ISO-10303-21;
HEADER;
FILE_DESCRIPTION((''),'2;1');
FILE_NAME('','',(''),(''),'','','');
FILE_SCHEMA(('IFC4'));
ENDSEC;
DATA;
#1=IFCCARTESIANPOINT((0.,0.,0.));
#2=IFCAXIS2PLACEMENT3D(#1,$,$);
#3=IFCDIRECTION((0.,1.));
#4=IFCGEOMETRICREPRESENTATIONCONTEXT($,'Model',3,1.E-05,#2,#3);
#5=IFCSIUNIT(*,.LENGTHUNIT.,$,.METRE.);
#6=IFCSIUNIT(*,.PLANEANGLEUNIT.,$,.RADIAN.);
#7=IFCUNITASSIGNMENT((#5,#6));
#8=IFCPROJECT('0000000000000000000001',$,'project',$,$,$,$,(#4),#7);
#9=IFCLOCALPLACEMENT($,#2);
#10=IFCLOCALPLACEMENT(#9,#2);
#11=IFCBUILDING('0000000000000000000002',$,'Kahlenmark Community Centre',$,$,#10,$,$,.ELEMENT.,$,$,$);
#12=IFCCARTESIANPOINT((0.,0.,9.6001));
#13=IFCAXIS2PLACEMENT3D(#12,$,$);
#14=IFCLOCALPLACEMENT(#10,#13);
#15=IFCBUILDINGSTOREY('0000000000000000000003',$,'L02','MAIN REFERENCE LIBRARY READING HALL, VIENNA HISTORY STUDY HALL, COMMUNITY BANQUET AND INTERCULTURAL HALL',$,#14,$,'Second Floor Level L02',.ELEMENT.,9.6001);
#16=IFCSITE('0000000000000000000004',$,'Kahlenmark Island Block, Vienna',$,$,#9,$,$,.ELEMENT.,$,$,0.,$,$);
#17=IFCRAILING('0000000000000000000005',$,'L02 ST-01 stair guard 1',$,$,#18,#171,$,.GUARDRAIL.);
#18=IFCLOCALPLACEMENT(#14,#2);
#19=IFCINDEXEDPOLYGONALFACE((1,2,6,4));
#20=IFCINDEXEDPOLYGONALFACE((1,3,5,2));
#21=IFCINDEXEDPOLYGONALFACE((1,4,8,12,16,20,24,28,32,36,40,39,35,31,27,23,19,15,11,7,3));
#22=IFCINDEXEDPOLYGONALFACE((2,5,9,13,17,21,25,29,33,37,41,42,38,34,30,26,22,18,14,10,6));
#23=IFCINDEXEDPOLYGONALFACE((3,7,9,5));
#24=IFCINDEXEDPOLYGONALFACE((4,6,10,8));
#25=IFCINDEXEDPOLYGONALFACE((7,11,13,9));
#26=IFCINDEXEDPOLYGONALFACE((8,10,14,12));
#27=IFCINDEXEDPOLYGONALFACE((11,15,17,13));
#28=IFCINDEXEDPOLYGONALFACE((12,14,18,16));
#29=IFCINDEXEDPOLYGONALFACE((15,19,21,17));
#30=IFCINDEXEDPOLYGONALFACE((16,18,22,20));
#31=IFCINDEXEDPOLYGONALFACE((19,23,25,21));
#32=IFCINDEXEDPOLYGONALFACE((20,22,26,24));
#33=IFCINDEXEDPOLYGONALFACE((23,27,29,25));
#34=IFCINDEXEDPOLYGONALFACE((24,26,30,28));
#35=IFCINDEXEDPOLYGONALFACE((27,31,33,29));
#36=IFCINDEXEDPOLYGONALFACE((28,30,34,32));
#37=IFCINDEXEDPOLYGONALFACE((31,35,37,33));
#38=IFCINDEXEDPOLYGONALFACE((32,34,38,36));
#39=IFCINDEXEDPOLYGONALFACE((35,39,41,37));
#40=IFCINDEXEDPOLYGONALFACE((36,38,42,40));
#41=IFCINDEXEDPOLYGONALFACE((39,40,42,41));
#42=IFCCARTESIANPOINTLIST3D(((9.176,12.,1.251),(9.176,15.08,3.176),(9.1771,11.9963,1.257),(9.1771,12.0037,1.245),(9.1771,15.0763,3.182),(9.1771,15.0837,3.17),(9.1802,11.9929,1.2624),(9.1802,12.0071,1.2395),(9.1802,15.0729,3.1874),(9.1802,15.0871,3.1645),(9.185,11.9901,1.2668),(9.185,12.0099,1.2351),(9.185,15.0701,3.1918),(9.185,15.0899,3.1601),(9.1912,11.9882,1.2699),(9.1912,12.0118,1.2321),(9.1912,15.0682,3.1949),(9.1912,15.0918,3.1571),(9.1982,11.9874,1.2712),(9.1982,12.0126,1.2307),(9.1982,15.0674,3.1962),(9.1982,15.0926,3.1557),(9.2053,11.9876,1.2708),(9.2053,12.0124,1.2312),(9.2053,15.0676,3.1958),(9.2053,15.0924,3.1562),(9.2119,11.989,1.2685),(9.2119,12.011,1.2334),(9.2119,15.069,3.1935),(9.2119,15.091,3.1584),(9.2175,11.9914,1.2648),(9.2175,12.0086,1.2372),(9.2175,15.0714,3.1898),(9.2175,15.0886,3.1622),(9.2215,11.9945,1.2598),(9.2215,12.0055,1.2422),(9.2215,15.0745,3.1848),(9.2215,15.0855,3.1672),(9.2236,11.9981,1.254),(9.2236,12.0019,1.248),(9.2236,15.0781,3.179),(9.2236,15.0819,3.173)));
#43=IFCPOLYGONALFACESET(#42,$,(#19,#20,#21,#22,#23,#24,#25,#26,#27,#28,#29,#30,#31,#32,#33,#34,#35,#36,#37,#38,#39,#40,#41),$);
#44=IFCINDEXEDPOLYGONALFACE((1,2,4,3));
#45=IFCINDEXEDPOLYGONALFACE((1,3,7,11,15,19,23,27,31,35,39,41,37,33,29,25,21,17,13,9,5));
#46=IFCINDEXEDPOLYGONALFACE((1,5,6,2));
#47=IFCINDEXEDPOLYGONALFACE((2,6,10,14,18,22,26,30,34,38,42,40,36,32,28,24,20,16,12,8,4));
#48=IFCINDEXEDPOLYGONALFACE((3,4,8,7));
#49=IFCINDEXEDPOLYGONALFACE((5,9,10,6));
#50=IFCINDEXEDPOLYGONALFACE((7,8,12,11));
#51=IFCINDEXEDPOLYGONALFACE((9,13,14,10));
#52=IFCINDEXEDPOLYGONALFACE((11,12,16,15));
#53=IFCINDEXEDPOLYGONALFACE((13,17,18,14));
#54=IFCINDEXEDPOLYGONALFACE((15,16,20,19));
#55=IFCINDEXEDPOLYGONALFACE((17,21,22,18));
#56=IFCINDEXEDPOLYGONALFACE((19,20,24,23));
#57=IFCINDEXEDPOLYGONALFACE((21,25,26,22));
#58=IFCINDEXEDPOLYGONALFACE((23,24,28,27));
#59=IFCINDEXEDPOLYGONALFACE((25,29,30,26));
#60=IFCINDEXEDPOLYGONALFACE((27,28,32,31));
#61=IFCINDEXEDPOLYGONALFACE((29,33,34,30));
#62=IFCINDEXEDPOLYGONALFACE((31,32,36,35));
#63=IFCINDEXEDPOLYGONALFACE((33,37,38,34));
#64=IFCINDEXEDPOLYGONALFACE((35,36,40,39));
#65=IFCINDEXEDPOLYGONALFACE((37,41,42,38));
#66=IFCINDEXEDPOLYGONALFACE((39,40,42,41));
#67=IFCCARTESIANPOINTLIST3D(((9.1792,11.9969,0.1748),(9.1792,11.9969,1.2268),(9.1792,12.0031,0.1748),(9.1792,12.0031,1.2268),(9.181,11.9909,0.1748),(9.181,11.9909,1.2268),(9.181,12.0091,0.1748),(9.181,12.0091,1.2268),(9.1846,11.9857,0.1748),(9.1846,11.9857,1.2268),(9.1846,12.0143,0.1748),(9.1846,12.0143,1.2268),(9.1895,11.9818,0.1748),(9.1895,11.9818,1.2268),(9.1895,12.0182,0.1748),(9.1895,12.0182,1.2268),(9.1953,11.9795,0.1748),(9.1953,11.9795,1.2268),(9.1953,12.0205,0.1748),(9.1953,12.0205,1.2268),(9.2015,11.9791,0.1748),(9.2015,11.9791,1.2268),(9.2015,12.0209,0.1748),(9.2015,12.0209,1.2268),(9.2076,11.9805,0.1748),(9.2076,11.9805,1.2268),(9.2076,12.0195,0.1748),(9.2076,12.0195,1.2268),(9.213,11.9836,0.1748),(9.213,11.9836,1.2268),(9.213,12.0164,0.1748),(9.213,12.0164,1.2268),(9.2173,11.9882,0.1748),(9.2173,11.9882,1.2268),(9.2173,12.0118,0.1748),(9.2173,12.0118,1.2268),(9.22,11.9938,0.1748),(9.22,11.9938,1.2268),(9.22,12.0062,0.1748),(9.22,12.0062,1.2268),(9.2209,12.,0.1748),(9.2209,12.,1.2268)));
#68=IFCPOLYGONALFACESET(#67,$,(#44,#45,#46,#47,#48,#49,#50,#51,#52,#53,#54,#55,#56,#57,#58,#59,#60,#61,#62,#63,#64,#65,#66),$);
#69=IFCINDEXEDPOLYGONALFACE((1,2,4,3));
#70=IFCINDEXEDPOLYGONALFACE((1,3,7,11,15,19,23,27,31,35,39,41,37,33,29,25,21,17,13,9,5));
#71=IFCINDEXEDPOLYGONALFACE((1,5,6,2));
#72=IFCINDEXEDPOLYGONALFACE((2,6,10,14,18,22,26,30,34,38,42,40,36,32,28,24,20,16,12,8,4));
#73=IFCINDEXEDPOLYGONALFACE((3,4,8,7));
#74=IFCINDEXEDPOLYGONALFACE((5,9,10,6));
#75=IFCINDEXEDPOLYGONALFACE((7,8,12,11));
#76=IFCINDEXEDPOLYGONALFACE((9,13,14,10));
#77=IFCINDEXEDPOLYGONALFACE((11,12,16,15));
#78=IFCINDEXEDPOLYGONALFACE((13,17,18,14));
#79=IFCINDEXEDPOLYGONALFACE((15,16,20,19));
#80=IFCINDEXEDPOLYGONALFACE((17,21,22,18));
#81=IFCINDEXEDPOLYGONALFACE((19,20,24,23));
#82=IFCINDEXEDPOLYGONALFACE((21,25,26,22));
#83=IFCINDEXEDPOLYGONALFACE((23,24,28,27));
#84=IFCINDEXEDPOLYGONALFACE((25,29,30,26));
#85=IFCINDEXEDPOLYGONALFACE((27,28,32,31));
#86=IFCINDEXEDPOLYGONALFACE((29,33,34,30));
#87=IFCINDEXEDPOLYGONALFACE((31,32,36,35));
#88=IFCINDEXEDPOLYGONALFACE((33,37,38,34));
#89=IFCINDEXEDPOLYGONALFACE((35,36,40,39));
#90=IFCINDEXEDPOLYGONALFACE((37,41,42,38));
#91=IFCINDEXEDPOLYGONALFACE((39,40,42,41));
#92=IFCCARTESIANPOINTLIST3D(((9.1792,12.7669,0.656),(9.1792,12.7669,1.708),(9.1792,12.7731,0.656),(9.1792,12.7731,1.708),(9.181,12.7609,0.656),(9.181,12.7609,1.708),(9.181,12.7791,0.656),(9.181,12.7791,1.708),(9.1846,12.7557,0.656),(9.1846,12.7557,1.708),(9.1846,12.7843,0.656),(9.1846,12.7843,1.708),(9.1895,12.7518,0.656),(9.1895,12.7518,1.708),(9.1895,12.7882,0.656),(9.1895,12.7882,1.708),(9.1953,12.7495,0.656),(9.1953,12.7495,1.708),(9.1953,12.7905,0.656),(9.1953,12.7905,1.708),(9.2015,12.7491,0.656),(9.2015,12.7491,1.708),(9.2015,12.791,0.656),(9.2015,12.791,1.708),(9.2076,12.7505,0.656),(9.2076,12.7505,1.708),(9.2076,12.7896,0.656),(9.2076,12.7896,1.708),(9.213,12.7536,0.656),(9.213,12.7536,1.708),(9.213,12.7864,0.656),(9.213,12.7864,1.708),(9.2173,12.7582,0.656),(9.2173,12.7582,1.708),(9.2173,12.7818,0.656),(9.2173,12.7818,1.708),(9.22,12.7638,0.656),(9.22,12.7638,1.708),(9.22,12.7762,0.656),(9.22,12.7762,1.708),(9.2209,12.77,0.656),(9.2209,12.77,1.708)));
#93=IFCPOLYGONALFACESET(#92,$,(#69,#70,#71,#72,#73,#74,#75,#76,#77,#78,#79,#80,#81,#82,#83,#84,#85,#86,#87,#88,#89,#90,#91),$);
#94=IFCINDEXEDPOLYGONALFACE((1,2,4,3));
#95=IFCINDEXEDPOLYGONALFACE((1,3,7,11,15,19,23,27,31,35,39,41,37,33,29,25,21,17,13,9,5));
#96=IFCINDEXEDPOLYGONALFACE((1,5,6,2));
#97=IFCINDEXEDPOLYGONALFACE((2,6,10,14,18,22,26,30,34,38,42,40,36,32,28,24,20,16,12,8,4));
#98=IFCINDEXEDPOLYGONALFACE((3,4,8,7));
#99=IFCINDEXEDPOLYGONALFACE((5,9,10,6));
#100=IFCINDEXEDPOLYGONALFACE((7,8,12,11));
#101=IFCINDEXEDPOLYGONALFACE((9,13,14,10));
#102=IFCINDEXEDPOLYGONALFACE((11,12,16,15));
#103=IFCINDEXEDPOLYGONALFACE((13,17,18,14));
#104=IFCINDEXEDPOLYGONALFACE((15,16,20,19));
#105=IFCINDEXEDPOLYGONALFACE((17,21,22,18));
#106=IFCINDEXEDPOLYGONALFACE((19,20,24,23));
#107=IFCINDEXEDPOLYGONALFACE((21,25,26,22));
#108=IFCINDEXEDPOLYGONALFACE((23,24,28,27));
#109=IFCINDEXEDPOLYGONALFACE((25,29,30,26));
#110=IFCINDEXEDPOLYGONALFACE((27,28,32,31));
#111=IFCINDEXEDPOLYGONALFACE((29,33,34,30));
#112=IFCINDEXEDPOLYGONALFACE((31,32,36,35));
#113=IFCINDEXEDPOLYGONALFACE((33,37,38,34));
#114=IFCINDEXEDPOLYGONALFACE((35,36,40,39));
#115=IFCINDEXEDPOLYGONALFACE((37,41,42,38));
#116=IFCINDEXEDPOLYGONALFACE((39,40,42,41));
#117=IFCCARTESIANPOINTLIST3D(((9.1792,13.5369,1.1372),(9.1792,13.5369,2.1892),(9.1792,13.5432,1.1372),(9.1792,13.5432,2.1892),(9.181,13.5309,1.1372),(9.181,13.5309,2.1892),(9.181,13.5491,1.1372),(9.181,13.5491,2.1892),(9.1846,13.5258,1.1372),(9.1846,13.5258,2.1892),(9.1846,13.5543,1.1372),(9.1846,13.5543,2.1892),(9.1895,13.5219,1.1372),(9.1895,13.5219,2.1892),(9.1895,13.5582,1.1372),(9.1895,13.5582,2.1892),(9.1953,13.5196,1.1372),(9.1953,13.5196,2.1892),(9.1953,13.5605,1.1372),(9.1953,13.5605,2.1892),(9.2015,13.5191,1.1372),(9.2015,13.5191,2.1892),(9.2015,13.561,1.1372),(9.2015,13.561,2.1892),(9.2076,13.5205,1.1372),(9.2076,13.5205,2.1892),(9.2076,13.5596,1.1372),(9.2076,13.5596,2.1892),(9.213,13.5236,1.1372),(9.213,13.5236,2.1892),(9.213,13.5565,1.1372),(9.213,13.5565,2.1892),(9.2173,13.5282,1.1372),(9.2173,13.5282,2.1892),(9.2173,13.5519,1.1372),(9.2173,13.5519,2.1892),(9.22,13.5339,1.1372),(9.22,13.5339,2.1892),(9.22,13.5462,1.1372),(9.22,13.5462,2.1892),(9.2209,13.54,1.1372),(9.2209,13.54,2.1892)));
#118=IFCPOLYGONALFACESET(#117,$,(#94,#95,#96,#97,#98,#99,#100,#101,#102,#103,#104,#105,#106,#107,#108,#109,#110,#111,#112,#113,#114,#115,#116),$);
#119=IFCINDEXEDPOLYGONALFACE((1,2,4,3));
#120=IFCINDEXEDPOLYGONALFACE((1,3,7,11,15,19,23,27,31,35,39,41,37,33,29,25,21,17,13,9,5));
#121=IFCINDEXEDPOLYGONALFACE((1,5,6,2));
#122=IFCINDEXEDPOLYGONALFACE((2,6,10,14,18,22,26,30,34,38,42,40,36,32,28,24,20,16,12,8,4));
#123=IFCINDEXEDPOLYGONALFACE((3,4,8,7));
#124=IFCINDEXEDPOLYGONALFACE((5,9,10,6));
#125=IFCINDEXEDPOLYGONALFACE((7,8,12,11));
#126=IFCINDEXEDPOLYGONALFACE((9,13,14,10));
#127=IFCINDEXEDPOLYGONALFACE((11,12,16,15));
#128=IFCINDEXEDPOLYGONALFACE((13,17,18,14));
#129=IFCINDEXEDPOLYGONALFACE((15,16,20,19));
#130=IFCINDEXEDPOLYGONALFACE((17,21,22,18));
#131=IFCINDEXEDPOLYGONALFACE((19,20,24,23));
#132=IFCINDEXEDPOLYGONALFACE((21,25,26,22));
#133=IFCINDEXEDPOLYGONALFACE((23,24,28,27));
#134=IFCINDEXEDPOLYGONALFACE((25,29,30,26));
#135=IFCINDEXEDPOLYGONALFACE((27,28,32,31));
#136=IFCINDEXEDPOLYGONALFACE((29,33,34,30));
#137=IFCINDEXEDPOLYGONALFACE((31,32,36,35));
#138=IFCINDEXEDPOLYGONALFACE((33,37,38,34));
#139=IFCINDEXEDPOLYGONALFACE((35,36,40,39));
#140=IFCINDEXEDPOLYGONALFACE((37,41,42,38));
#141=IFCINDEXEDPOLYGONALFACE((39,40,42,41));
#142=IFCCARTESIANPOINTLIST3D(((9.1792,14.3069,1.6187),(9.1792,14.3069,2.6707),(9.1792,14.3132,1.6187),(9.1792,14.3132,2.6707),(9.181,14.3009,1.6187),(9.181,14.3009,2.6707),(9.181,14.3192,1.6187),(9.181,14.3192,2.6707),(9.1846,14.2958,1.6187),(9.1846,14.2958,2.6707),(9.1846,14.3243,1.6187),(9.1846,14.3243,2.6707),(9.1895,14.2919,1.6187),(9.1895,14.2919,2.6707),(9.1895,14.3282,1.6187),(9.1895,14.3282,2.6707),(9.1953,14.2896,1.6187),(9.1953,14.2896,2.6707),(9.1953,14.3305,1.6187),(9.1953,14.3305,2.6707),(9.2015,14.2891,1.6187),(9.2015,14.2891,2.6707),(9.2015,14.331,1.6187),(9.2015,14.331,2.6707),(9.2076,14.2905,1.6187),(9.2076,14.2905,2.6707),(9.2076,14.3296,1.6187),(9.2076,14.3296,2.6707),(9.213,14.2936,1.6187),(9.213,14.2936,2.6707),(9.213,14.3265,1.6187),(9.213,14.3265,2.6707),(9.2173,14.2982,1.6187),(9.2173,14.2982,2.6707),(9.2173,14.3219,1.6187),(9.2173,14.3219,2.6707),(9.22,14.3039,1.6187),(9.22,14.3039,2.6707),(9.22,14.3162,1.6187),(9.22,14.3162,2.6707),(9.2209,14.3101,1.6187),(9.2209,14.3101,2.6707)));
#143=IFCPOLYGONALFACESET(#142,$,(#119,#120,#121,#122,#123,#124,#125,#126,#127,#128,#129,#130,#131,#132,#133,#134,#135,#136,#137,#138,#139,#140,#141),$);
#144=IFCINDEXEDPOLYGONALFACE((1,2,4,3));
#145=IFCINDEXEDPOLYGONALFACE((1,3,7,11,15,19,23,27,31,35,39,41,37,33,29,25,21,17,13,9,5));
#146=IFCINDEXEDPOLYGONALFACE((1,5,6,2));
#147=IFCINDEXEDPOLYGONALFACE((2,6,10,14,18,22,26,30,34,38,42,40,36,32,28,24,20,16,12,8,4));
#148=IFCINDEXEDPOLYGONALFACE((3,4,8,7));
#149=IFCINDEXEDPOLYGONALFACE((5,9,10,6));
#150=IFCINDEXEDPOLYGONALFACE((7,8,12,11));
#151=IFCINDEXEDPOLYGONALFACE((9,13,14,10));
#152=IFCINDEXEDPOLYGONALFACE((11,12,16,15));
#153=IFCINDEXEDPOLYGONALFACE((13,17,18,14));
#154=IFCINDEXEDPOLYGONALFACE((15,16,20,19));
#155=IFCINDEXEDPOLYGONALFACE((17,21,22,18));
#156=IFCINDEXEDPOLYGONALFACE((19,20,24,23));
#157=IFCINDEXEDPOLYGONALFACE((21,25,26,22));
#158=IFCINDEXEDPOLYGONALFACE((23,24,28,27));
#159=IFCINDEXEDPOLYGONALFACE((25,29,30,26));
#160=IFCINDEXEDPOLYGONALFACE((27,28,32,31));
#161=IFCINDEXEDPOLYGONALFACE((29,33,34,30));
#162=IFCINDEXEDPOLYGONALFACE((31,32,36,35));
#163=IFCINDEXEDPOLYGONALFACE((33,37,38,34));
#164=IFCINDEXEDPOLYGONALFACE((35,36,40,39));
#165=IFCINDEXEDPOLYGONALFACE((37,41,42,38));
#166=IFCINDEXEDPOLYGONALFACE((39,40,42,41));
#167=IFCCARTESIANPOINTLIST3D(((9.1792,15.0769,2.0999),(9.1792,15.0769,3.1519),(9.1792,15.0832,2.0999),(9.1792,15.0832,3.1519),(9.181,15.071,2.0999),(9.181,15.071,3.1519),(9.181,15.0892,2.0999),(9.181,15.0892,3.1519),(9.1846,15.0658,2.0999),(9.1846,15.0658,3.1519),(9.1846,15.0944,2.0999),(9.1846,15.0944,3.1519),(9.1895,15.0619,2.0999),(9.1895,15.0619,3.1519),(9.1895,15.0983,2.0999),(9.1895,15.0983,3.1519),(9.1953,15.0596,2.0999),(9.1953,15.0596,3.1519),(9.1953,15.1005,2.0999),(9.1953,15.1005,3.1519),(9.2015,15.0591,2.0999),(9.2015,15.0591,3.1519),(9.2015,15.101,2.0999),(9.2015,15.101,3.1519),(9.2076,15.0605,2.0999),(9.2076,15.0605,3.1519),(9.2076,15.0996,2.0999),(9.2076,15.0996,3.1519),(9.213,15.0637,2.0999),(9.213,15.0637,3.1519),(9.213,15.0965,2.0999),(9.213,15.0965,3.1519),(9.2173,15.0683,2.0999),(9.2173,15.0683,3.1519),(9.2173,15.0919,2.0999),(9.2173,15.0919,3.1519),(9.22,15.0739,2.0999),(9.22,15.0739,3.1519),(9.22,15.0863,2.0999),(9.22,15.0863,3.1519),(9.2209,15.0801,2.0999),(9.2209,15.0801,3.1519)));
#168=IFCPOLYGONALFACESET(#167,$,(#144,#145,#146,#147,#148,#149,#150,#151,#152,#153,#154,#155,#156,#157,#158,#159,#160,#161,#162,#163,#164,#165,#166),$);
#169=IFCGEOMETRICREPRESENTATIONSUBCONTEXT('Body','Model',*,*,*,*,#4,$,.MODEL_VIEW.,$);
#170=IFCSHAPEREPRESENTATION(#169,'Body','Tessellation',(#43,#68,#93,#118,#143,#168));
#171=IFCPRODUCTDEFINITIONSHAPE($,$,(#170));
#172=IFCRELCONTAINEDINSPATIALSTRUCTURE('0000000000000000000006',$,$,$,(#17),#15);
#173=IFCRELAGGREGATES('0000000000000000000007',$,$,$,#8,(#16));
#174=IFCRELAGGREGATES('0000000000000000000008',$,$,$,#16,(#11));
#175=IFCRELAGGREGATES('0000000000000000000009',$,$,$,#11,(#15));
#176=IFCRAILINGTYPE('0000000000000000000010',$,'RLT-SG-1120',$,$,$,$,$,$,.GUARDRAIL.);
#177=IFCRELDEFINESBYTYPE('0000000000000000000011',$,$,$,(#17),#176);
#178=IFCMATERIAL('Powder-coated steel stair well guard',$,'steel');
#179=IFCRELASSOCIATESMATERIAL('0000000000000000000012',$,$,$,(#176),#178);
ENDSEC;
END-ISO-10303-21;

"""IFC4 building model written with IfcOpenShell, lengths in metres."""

from ifc_helpers import new_model, si_unit, direction, frame, origin, origin_2d, place, context, subcontext, project, spatial, circle, extrude, material, type_object, element, save


model = new_model("IFC4")

# Units and contexts
model_context = context("Model", 3, precision=1e-05, world=origin(), true_north=direction((0.0, 1.0)))
body_context = subcontext(model_context, "Body", "Model", "MODEL_VIEW")
ifc_project = project(units=[si_unit("LENGTHUNIT", "METRE"), si_unit("PLANEANGLEUNIT", "RADIAN")], contexts=[model_context])

# Site, building, storey
site_placement = place(None, origin())
site = spatial("IfcSite", under=ifc_project, at=site_placement, Name="Kahlenmark Island Block, Vienna", CompositionType="ELEMENT", RefElevation=0.0)
building_placement = place(site_placement, origin())
building = spatial("IfcBuilding", under=site, at=building_placement, Name="Kahlenmark Community Centre", CompositionType="ELEMENT")
storey_placement = place(building_placement, frame((0.0, 0.0, 9.6001)))
storey = spatial("IfcBuildingStorey", under=building, at=storey_placement, Name="L02", Description="MAIN REFERENCE LIBRARY READING HALL, VIENNA HISTORY STUDY HALL, COMMUNITY BANQUET AND INTERCULTURAL HALL", LongName="Second Floor Level L02", CompositionType="ELEMENT", Elevation=9.6001)

# Railing
ifc_material_1 = material(Name="Powder-coated steel stair well guard", Category="steel")
railing_type_1 = type_object("IfcRailingType", Name="RLT-SG-1120", PredefinedType="GUARDRAIL", material=ifc_material_1)
railing_1_placement = place(storey_placement, frame((9.2, 12.0, 0.1748)))
element("IfcRailing", 1, at=railing_1_placement, inside=storey, type_object=railing_type_1, Name="L02 ST-01 stair guard 1", PredefinedType="GUARDRAIL", context=body_context, shape_type="SweptSolid", body=[
    extrude(circle(Radius=0.0239, at=origin_2d()), frame((0.0, 0.0, 1.0762), z_axis=(0.0, 0.847998, 0.529999), x_axis=(-1.0, 0.0, 0.0)), (0.0, 0.0, 1.0), 3.6321),
    extrude(circle(Radius=0.021, at=origin_2d()), origin(), (0.0, 0.0, 1.0), 1.052),
    extrude(circle(Radius=0.021, at=origin_2d()), frame((0.0, 0.77, 0.4812)), (0.0, 0.0, 1.0), 1.052),
    extrude(circle(Radius=0.021, at=origin_2d()), frame((0.0, 1.54, 0.9624)), (0.0, 0.0, 1.0), 1.052),
    extrude(circle(Radius=0.021, at=origin_2d()), frame((0.0, 2.3101, 1.4438)), (0.0, 0.0, 1.0), 1.052),
    extrude(circle(Radius=0.021, at=origin_2d()), frame((0.0, 3.0801, 1.925)), (0.0, 0.0, 1.0), 1.052),
])

save(model, "model.ifc")
